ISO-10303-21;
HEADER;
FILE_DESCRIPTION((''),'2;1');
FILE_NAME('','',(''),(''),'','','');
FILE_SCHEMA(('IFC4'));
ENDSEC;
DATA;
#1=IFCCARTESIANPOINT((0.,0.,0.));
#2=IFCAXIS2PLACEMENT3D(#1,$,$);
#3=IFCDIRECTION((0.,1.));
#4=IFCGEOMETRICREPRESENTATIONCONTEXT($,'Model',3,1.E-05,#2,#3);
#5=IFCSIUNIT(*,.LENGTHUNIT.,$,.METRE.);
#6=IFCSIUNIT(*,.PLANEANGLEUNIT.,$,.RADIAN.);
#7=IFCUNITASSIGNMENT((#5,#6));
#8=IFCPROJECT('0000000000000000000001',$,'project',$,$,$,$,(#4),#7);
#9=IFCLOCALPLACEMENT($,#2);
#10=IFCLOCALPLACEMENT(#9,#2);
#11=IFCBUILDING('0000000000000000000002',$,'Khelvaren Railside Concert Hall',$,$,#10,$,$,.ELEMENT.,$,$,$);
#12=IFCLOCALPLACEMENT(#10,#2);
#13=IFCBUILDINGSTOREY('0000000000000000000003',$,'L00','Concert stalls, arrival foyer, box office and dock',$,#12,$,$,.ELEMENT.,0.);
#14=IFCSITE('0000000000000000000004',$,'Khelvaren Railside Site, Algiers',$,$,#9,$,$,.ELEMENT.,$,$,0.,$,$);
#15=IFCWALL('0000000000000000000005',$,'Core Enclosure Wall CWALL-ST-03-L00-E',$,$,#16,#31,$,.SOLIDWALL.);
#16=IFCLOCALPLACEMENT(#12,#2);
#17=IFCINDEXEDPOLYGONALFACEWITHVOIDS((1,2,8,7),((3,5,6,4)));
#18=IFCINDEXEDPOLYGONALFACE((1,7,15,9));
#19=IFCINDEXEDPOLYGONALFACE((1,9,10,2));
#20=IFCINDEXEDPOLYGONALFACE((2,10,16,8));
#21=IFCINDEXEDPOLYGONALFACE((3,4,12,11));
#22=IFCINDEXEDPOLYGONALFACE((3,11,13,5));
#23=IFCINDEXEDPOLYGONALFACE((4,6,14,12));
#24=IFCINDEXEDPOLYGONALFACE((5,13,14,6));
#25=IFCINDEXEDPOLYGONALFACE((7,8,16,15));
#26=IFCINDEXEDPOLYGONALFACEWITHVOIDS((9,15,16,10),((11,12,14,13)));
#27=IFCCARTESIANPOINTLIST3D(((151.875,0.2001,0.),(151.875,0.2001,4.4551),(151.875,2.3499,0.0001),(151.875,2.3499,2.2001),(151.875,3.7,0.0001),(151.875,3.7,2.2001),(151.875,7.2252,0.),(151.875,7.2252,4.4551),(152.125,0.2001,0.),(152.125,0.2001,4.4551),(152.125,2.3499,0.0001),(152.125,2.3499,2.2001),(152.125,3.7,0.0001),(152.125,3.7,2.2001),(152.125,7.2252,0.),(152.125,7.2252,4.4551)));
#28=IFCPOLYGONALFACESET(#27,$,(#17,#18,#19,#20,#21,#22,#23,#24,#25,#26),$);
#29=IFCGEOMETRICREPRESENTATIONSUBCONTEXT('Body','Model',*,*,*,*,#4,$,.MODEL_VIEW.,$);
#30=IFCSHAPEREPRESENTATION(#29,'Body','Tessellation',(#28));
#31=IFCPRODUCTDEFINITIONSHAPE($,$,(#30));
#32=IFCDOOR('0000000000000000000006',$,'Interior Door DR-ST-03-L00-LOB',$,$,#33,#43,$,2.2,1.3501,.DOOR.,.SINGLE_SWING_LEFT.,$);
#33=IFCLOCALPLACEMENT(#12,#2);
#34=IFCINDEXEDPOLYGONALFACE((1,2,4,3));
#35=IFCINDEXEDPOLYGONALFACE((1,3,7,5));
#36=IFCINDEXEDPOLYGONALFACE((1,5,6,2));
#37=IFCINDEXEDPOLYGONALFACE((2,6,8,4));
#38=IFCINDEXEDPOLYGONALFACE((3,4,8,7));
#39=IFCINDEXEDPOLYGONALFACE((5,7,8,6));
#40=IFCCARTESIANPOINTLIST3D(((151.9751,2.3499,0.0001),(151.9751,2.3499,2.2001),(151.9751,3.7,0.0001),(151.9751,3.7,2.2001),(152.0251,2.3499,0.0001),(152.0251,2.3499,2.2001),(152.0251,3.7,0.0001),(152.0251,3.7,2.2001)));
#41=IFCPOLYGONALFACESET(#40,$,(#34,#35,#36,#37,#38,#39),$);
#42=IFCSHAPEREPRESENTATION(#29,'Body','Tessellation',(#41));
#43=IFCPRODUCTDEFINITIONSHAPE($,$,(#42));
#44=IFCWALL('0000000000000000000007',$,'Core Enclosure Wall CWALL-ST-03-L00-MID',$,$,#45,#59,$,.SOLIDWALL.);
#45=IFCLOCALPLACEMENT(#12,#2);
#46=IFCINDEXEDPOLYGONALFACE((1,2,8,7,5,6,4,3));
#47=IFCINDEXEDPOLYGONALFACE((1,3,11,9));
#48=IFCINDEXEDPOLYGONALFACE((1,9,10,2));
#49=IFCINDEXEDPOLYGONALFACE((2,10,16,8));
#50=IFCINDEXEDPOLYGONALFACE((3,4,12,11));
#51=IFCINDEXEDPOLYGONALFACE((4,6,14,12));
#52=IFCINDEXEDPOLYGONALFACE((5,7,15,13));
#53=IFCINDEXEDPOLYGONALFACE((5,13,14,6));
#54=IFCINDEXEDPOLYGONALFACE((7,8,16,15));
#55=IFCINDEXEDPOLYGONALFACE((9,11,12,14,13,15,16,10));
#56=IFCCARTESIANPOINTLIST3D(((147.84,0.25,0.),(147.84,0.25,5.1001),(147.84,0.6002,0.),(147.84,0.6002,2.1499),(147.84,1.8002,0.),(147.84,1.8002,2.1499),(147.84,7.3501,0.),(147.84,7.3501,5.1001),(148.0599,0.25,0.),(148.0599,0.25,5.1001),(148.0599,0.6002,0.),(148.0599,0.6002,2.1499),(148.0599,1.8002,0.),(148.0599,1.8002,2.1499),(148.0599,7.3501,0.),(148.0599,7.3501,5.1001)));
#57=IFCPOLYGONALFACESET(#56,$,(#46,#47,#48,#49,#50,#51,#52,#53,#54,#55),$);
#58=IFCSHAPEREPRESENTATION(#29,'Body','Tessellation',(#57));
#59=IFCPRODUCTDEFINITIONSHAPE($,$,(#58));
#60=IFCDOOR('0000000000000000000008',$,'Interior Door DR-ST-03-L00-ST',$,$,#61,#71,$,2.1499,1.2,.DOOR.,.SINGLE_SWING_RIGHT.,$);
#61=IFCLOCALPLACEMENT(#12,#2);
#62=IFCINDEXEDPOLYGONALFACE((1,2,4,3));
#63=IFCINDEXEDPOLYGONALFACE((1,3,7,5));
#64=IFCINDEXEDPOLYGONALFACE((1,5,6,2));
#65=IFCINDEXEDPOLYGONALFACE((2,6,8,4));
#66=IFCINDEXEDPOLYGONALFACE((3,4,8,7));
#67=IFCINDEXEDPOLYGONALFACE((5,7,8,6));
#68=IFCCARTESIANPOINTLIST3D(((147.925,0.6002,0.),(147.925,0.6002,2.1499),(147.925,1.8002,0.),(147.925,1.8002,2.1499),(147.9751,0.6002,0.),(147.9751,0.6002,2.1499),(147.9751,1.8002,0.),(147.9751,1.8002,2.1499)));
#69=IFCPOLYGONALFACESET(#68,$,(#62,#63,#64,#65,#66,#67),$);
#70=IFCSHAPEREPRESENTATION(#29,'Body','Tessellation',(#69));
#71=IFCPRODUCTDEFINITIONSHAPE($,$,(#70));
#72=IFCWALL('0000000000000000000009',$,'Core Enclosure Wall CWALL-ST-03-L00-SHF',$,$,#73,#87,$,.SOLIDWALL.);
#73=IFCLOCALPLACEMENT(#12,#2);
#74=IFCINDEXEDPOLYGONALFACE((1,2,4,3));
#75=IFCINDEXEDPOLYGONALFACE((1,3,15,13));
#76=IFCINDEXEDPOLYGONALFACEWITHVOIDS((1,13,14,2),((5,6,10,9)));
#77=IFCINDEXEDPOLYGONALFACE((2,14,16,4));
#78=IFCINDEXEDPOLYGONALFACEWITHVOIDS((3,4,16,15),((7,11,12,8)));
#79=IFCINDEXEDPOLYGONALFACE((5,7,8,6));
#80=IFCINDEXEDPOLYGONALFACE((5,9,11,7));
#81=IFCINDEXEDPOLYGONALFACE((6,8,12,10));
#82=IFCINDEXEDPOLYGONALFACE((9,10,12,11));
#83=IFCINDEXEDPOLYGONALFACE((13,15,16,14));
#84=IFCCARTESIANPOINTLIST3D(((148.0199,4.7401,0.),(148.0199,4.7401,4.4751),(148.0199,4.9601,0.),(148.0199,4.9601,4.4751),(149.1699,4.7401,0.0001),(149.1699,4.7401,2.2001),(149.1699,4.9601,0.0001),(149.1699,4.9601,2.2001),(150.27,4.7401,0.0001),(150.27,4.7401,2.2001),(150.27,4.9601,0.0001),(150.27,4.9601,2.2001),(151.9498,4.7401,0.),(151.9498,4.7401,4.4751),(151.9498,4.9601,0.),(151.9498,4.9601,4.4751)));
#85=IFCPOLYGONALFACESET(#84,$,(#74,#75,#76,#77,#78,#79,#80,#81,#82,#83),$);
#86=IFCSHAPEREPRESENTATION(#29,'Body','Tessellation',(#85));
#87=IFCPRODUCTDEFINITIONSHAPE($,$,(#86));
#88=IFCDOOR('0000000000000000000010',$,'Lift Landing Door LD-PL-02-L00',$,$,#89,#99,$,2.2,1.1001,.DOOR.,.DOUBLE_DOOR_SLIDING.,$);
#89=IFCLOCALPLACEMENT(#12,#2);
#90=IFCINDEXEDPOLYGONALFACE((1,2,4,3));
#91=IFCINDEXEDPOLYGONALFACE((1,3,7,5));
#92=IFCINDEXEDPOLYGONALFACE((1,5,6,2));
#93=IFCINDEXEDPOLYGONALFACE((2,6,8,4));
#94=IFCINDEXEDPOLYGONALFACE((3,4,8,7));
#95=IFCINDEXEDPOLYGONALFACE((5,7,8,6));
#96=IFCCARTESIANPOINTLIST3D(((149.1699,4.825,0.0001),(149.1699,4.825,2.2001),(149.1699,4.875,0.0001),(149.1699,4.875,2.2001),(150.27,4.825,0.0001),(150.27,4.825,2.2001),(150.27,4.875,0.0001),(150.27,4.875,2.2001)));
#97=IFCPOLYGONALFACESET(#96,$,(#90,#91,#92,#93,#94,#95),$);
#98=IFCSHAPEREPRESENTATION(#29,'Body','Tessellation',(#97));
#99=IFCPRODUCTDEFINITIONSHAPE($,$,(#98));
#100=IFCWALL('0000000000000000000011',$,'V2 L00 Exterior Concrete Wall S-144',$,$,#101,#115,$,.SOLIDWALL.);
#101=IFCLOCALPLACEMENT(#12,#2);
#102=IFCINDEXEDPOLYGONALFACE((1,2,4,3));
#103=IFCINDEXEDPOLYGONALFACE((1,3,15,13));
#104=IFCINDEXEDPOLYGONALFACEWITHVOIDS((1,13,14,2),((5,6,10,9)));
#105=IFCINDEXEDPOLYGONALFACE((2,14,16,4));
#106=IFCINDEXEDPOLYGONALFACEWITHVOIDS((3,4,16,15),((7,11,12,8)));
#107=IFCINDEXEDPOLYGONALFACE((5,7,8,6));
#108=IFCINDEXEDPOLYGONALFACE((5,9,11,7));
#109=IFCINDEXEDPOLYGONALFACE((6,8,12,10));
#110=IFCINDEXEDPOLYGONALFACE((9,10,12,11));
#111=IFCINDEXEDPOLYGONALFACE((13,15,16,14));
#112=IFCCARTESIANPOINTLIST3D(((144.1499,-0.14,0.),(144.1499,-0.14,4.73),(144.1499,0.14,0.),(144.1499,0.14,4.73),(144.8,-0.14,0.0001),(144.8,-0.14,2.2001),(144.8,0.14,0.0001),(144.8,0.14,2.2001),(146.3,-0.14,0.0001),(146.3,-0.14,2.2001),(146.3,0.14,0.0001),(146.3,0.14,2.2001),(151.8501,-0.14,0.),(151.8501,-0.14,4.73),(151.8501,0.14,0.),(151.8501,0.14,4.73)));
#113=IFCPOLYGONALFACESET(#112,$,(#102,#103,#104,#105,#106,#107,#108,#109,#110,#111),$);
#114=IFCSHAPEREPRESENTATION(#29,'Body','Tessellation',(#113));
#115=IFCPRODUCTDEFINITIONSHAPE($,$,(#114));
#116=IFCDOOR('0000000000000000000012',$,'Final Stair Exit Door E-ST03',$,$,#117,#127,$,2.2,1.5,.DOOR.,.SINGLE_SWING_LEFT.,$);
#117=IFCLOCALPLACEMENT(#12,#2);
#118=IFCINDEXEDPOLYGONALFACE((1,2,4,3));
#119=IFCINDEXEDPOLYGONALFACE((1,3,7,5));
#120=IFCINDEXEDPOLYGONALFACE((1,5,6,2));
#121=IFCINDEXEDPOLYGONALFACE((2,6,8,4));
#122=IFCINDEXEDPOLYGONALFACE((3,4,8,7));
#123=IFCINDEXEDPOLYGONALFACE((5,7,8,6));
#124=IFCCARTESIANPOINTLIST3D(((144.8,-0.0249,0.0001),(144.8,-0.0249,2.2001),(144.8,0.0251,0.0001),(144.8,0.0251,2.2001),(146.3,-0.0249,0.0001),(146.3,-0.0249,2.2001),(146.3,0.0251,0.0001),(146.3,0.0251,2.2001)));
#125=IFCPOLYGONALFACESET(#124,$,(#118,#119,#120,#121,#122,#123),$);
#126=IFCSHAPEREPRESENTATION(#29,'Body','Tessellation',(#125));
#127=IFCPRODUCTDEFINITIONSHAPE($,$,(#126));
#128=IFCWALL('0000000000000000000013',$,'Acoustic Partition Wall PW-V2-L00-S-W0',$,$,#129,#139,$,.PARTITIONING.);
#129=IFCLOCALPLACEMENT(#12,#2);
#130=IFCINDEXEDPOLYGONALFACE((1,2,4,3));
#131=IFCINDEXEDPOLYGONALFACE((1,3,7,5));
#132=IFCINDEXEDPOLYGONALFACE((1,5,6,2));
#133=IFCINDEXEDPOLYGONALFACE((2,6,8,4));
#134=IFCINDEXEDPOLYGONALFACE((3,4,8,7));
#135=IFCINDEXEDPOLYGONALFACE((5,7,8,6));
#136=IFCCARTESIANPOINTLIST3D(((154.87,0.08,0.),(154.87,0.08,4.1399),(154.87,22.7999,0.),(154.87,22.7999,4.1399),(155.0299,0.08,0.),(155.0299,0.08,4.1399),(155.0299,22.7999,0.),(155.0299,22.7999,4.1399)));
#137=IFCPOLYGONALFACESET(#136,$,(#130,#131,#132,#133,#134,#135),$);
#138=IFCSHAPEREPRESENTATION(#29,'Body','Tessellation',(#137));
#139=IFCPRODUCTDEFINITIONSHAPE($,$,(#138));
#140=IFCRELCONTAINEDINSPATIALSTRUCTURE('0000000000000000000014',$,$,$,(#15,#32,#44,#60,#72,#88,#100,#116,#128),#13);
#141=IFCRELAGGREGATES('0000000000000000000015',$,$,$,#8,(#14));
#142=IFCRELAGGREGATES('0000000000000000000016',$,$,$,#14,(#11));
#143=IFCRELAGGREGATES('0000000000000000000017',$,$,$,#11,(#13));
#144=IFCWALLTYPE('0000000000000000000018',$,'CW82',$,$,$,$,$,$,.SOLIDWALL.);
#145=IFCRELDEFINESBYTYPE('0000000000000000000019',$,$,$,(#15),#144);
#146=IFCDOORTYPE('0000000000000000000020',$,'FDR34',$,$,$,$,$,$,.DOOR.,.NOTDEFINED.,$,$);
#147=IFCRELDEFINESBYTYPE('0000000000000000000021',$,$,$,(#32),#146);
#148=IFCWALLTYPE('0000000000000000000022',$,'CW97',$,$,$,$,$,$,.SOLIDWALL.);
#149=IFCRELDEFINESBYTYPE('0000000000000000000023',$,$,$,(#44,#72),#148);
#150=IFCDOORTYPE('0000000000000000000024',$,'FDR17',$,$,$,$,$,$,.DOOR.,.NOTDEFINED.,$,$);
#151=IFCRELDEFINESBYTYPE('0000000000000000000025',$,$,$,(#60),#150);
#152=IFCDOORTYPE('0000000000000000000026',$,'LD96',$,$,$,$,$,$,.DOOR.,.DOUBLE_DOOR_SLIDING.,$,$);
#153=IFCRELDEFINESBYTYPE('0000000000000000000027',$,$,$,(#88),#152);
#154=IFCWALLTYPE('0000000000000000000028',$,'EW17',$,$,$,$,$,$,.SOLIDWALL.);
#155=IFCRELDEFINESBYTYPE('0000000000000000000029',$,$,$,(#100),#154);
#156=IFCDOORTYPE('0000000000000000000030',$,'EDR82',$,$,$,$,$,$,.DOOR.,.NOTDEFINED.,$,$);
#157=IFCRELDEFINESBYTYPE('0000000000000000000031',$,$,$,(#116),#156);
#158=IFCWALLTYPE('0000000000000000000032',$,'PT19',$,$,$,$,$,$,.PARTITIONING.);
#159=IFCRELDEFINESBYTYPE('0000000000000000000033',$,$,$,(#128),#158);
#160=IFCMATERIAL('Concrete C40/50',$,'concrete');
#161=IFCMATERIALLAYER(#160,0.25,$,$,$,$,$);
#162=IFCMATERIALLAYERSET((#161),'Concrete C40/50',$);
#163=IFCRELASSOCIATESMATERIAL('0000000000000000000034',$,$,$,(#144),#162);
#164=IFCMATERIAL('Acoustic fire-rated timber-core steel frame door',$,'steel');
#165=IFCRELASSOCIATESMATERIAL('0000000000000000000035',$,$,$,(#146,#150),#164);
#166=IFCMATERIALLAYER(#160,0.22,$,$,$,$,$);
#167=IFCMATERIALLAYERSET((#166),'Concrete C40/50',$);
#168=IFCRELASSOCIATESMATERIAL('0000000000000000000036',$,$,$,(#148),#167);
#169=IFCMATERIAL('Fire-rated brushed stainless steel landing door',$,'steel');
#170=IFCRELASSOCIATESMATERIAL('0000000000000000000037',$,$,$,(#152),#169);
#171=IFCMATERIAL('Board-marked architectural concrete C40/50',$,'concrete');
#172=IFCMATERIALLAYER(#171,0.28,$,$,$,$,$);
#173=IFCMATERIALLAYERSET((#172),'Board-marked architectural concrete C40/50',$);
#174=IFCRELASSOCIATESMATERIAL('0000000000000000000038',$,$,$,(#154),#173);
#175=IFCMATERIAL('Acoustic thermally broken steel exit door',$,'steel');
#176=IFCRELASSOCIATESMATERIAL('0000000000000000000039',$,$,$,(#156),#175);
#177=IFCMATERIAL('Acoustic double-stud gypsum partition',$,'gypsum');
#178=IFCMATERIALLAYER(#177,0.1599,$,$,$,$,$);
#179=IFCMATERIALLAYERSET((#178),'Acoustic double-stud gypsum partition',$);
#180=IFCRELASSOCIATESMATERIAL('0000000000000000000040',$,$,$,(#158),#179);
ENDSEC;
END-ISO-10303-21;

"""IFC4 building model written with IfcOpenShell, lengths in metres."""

from ifc_helpers import new_model, si_unit, direction, frame, frame_2d, origin, place, context, subcontext, project, spatial, rectangle, extrude, material, layer, layer_set, type_object, element, fill, save


model = new_model("IFC4")

# Units and contexts
model_context = context("Model", 3, precision=1e-05, world=origin(), true_north=direction((0.0, 1.0)))
body_context = subcontext(model_context, "Body", "Model", "MODEL_VIEW")
ifc_project = project(units=[si_unit("LENGTHUNIT", "METRE"), si_unit("PLANEANGLEUNIT", "RADIAN")], contexts=[model_context])

# Site, building, storey
site_placement = place(None, origin())
site = spatial("IfcSite", under=ifc_project, at=site_placement, Name="Khelvaren Railside Site, Algiers", CompositionType="ELEMENT", RefElevation=0.0)
building_placement = place(site_placement, origin())
building = spatial("IfcBuilding", under=site, at=building_placement, Name="Khelvaren Railside Concert Hall", CompositionType="ELEMENT")
storey_placement = place(building_placement, origin())
storey = spatial("IfcBuildingStorey", under=building, at=storey_placement, Name="L00", Description="Concert stalls, arrival foyer, box office and dock", CompositionType="ELEMENT", Elevation=0.0)

# Walls, openings, doors
ifc_material_1 = material(Name="Concrete C40/50", Category="concrete")
ifc_layer_1 = layer(ifc_material_1, 0.25)
ifc_layer_set_1 = layer_set([ifc_layer_1], Name="Concrete C40/50")
wall_type_1 = type_object("IfcWallType", Name="CW82", PredefinedType="SOLIDWALL", material=ifc_layer_set_1)
wall_1_placement = place(storey_placement, frame((152.0, 0.2, 0.0), z_axis=(0.0, 0.0, 1.0), x_axis=(0.0, 1.0, 0.0)))
wall_1 = element("IfcWall", 1, at=wall_1_placement, inside=storey, type_object=wall_type_1, Name="Core Enclosure Wall CWALL-ST-03-L00-E", PredefinedType="SOLIDWALL", context=body_context, shape_type="SweptSolid", body=[
    extrude(rectangle(XDim=7.0251, YDim=0.25, at=frame_2d((3.5127, 0.0))), origin(), (0.0, 0.0, 1.0), 4.4551),
])
opening_1_placement = place(wall_1_placement, frame((2.1499, 0.0, 0.0)))
opening_1 = element("IfcOpeningElement", 2, at=opening_1_placement, cuts=wall_1, PredefinedType="OPENING", context=body_context, shape_type="SweptSolid", body=[
    extrude(rectangle(XDim=1.3501, YDim=2.2, at=frame_2d((0.675, 1.1001))), frame((0.0, 0.135, 0.0), z_axis=(0.0, -1.0, 0.0), x_axis=(1.0, 0.0, 0.0)), (0.0, 0.0, 1.0), 0.27),
])
ifc_material_2 = material(Name="Acoustic fire-rated timber-core steel frame door", Category="steel")
door_type_1 = type_object("IfcDoorType", Name="FDR34", OperationType="NOTDEFINED", PredefinedType="DOOR", material=ifc_material_2)
door_1_placement = place(opening_1_placement, origin())
door_1 = element("IfcDoor", 3, at=door_1_placement, inside=storey, type_object=door_type_1, Name="Interior Door DR-ST-03-L00-LOB", OperationType="SINGLE_SWING_LEFT", OverallHeight=2.2, OverallWidth=1.3501, PredefinedType="DOOR", context=body_context, shape_type="SweptSolid", body=[
    extrude(rectangle(XDim=1.3501, YDim=2.2, at=frame_2d((0.675, 1.1001))), frame((0.0, 0.0249, 0.0), z_axis=(0.0, -1.0, 0.0), x_axis=(1.0, 0.0, 0.0)), (0.0, 0.0, 1.0), 0.05),
])
fill(opening_1, door_1)
ifc_layer_2 = layer(ifc_material_1, 0.22)
ifc_layer_set_2 = layer_set([ifc_layer_2], Name="Concrete C40/50")
wall_type_2 = type_object("IfcWallType", Name="CW97", PredefinedType="SOLIDWALL", material=ifc_layer_set_2)
wall_2_placement = place(storey_placement, frame((147.95, 0.25, 0.0), z_axis=(0.0, 0.0, 1.0), x_axis=(0.0, 1.0, 0.0)))
wall_2 = element("IfcWall", 4, at=wall_2_placement, inside=storey, type_object=wall_type_2, Name="Core Enclosure Wall CWALL-ST-03-L00-MID", PredefinedType="SOLIDWALL", context=body_context, shape_type="SweptSolid", body=[
    extrude(rectangle(XDim=7.1001, YDim=0.22, at=frame_2d((3.55, 0.0))), origin(), (0.0, 0.0, 1.0), 5.1001),
])
opening_2_placement = place(wall_2_placement, frame((0.3501, 0.0, 0.0)))
opening_2 = element("IfcOpeningElement", 5, at=opening_2_placement, cuts=wall_2, PredefinedType="OPENING", context=body_context, shape_type="SweptSolid", body=[
    extrude(rectangle(XDim=1.2, YDim=2.1499, at=frame_2d((0.6001, 1.075))), frame((0.0, 0.1199, 0.0), z_axis=(0.0, -1.0, 0.0), x_axis=(1.0, 0.0, 0.0)), (0.0, 0.0, 1.0), 0.24),
])
door_type_2 = type_object("IfcDoorType", Name="FDR17", OperationType="NOTDEFINED", PredefinedType="DOOR", material=ifc_material_2)
door_2_placement = place(opening_2_placement, origin())
door_2 = element("IfcDoor", 6, at=door_2_placement, inside=storey, type_object=door_type_2, Name="Interior Door DR-ST-03-L00-ST", OperationType="SINGLE_SWING_RIGHT", OverallHeight=2.1499, OverallWidth=1.2, PredefinedType="DOOR", context=body_context, shape_type="SweptSolid", body=[
    extrude(rectangle(XDim=1.2, YDim=2.1499, at=frame_2d((0.6001, 1.075))), frame((0.0, 0.0249, 0.0), z_axis=(0.0, -1.0, 0.0), x_axis=(1.0, 0.0, 0.0)), (0.0, 0.0, 1.0), 0.05),
])
fill(opening_2, door_2)
wall_3_placement = place(storey_placement, frame((148.02, 4.8501, 0.0), z_axis=(0.0, 0.0, 1.0), x_axis=(1.0, 0.0, 0.0)))
wall_3 = element("IfcWall", 7, at=wall_3_placement, inside=storey, type_object=wall_type_2, Name="Core Enclosure Wall CWALL-ST-03-L00-SHF", PredefinedType="SOLIDWALL", context=body_context, shape_type="SweptSolid", body=[
    extrude(rectangle(XDim=3.9299, YDim=0.22, at=frame_2d((1.9648, 0.0))), origin(), (0.0, 0.0, 1.0), 4.4751),
])
opening_3_placement = place(wall_3_placement, frame((1.1499, 0.0, 0.0)))
opening_3 = element("IfcOpeningElement", 8, at=opening_3_placement, cuts=wall_3, PredefinedType="OPENING", context=body_context, shape_type="SweptSolid", body=[
    extrude(rectangle(XDim=1.1001, YDim=2.2, at=frame_2d((0.55, 1.1001))), frame((0.0, 0.1199, 0.0), z_axis=(0.0, -1.0, 0.0), x_axis=(1.0, 0.0, 0.0)), (0.0, 0.0, 1.0), 0.24),
])
ifc_material_3 = material(Name="Fire-rated brushed stainless steel landing door", Category="steel")
door_type_3 = type_object("IfcDoorType", Name="LD96", OperationType="DOUBLE_DOOR_SLIDING", PredefinedType="DOOR", material=ifc_material_3)
door_3_placement = place(opening_3_placement, origin())
door_3 = element("IfcDoor", 9, at=door_3_placement, inside=storey, type_object=door_type_3, Name="Lift Landing Door LD-PL-02-L00", OperationType="DOUBLE_DOOR_SLIDING", OverallHeight=2.2, OverallWidth=1.1001, PredefinedType="DOOR", context=body_context, shape_type="SweptSolid", body=[
    extrude(rectangle(XDim=1.1001, YDim=2.2, at=frame_2d((0.55, 1.1001))), frame((0.0, 0.0249, 0.0), z_axis=(0.0, -1.0, 0.0), x_axis=(1.0, 0.0, 0.0)), (0.0, 0.0, 1.0), 0.05),
])
fill(opening_3, door_3)
ifc_material_4 = material(Name="Board-marked architectural concrete C40/50", Category="concrete")
ifc_layer_3 = layer(ifc_material_4, 0.28)
ifc_layer_set_3 = layer_set([ifc_layer_3], Name="Board-marked architectural concrete C40/50")
wall_type_3 = type_object("IfcWallType", Name="EW17", PredefinedType="SOLIDWALL", material=ifc_layer_set_3)
wall_4_placement = place(storey_placement, frame((151.8501, 0.0, 0.0), z_axis=(0.0, 0.0, 1.0), x_axis=(-1.0, 0.0, 0.0)))
wall_4 = element("IfcWall", 10, at=wall_4_placement, inside=storey, type_object=wall_type_3, Name="V2 L00 Exterior Concrete Wall S-144", PredefinedType="SOLIDWALL", context=body_context, shape_type="SweptSolid", body=[
    extrude(rectangle(XDim=7.7002, YDim=0.28, at=frame_2d((3.8501, 0.0))), origin(), (0.0, 0.0, 1.0), 4.73),
])
opening_4_placement = place(wall_4_placement, frame((5.55, 0.0, 0.0)))
opening_4 = element("IfcOpeningElement", 11, at=opening_4_placement, cuts=wall_4, PredefinedType="OPENING", context=body_context, shape_type="SweptSolid", body=[
    extrude(rectangle(XDim=1.5, YDim=2.2, at=frame_2d((0.75, 1.1001))), frame((0.0, 0.1499, 0.0), z_axis=(0.0, -1.0, 0.0), x_axis=(1.0, 0.0, 0.0)), (0.0, 0.0, 1.0), 0.3),
])
ifc_material_5 = material(Name="Acoustic thermally broken steel exit door", Category="steel")
door_type_4 = type_object("IfcDoorType", Name="EDR82", OperationType="NOTDEFINED", PredefinedType="DOOR", material=ifc_material_5)
door_4_placement = place(opening_4_placement, origin())
door_4 = element("IfcDoor", 12, at=door_4_placement, inside=storey, type_object=door_type_4, Name="Final Stair Exit Door E-ST03", OperationType="SINGLE_SWING_LEFT", OverallHeight=2.2, OverallWidth=1.5, PredefinedType="DOOR", context=body_context, shape_type="SweptSolid", body=[
    extrude(rectangle(XDim=1.5, YDim=2.2, at=frame_2d((0.75, 1.1001))), frame((0.0, 0.0249, 0.0), z_axis=(0.0, -1.0, 0.0), x_axis=(1.0, 0.0, 0.0)), (0.0, 0.0, 1.0), 0.05),
])
fill(opening_4, door_4)

# Wall
ifc_material_6 = material(Name="Acoustic double-stud gypsum partition", Category="gypsum")
ifc_layer_4 = layer(ifc_material_6, 0.1599)
ifc_layer_set_4 = layer_set([ifc_layer_4], Name="Acoustic double-stud gypsum partition")
wall_type_4 = type_object("IfcWallType", Name="PT19", PredefinedType="PARTITIONING", material=ifc_layer_set_4)
wall_5_placement = place(storey_placement, frame((154.95, 0.0801, 0.0), z_axis=(0.0, 0.0, 1.0), x_axis=(0.0, 1.0, 0.0)))
element("IfcWall", 13, at=wall_5_placement, inside=storey, type_object=wall_type_4, Name="Acoustic Partition Wall PW-V2-L00-S-W0", PredefinedType="PARTITIONING", context=body_context, shape_type="SweptSolid", body=[
    extrude(rectangle(XDim=22.72, YDim=0.1599, at=frame_2d((11.3599, 0.0))), origin(), (0.0, 0.0, 1.0), 4.1399),
])

save(model, "model.ifc")
